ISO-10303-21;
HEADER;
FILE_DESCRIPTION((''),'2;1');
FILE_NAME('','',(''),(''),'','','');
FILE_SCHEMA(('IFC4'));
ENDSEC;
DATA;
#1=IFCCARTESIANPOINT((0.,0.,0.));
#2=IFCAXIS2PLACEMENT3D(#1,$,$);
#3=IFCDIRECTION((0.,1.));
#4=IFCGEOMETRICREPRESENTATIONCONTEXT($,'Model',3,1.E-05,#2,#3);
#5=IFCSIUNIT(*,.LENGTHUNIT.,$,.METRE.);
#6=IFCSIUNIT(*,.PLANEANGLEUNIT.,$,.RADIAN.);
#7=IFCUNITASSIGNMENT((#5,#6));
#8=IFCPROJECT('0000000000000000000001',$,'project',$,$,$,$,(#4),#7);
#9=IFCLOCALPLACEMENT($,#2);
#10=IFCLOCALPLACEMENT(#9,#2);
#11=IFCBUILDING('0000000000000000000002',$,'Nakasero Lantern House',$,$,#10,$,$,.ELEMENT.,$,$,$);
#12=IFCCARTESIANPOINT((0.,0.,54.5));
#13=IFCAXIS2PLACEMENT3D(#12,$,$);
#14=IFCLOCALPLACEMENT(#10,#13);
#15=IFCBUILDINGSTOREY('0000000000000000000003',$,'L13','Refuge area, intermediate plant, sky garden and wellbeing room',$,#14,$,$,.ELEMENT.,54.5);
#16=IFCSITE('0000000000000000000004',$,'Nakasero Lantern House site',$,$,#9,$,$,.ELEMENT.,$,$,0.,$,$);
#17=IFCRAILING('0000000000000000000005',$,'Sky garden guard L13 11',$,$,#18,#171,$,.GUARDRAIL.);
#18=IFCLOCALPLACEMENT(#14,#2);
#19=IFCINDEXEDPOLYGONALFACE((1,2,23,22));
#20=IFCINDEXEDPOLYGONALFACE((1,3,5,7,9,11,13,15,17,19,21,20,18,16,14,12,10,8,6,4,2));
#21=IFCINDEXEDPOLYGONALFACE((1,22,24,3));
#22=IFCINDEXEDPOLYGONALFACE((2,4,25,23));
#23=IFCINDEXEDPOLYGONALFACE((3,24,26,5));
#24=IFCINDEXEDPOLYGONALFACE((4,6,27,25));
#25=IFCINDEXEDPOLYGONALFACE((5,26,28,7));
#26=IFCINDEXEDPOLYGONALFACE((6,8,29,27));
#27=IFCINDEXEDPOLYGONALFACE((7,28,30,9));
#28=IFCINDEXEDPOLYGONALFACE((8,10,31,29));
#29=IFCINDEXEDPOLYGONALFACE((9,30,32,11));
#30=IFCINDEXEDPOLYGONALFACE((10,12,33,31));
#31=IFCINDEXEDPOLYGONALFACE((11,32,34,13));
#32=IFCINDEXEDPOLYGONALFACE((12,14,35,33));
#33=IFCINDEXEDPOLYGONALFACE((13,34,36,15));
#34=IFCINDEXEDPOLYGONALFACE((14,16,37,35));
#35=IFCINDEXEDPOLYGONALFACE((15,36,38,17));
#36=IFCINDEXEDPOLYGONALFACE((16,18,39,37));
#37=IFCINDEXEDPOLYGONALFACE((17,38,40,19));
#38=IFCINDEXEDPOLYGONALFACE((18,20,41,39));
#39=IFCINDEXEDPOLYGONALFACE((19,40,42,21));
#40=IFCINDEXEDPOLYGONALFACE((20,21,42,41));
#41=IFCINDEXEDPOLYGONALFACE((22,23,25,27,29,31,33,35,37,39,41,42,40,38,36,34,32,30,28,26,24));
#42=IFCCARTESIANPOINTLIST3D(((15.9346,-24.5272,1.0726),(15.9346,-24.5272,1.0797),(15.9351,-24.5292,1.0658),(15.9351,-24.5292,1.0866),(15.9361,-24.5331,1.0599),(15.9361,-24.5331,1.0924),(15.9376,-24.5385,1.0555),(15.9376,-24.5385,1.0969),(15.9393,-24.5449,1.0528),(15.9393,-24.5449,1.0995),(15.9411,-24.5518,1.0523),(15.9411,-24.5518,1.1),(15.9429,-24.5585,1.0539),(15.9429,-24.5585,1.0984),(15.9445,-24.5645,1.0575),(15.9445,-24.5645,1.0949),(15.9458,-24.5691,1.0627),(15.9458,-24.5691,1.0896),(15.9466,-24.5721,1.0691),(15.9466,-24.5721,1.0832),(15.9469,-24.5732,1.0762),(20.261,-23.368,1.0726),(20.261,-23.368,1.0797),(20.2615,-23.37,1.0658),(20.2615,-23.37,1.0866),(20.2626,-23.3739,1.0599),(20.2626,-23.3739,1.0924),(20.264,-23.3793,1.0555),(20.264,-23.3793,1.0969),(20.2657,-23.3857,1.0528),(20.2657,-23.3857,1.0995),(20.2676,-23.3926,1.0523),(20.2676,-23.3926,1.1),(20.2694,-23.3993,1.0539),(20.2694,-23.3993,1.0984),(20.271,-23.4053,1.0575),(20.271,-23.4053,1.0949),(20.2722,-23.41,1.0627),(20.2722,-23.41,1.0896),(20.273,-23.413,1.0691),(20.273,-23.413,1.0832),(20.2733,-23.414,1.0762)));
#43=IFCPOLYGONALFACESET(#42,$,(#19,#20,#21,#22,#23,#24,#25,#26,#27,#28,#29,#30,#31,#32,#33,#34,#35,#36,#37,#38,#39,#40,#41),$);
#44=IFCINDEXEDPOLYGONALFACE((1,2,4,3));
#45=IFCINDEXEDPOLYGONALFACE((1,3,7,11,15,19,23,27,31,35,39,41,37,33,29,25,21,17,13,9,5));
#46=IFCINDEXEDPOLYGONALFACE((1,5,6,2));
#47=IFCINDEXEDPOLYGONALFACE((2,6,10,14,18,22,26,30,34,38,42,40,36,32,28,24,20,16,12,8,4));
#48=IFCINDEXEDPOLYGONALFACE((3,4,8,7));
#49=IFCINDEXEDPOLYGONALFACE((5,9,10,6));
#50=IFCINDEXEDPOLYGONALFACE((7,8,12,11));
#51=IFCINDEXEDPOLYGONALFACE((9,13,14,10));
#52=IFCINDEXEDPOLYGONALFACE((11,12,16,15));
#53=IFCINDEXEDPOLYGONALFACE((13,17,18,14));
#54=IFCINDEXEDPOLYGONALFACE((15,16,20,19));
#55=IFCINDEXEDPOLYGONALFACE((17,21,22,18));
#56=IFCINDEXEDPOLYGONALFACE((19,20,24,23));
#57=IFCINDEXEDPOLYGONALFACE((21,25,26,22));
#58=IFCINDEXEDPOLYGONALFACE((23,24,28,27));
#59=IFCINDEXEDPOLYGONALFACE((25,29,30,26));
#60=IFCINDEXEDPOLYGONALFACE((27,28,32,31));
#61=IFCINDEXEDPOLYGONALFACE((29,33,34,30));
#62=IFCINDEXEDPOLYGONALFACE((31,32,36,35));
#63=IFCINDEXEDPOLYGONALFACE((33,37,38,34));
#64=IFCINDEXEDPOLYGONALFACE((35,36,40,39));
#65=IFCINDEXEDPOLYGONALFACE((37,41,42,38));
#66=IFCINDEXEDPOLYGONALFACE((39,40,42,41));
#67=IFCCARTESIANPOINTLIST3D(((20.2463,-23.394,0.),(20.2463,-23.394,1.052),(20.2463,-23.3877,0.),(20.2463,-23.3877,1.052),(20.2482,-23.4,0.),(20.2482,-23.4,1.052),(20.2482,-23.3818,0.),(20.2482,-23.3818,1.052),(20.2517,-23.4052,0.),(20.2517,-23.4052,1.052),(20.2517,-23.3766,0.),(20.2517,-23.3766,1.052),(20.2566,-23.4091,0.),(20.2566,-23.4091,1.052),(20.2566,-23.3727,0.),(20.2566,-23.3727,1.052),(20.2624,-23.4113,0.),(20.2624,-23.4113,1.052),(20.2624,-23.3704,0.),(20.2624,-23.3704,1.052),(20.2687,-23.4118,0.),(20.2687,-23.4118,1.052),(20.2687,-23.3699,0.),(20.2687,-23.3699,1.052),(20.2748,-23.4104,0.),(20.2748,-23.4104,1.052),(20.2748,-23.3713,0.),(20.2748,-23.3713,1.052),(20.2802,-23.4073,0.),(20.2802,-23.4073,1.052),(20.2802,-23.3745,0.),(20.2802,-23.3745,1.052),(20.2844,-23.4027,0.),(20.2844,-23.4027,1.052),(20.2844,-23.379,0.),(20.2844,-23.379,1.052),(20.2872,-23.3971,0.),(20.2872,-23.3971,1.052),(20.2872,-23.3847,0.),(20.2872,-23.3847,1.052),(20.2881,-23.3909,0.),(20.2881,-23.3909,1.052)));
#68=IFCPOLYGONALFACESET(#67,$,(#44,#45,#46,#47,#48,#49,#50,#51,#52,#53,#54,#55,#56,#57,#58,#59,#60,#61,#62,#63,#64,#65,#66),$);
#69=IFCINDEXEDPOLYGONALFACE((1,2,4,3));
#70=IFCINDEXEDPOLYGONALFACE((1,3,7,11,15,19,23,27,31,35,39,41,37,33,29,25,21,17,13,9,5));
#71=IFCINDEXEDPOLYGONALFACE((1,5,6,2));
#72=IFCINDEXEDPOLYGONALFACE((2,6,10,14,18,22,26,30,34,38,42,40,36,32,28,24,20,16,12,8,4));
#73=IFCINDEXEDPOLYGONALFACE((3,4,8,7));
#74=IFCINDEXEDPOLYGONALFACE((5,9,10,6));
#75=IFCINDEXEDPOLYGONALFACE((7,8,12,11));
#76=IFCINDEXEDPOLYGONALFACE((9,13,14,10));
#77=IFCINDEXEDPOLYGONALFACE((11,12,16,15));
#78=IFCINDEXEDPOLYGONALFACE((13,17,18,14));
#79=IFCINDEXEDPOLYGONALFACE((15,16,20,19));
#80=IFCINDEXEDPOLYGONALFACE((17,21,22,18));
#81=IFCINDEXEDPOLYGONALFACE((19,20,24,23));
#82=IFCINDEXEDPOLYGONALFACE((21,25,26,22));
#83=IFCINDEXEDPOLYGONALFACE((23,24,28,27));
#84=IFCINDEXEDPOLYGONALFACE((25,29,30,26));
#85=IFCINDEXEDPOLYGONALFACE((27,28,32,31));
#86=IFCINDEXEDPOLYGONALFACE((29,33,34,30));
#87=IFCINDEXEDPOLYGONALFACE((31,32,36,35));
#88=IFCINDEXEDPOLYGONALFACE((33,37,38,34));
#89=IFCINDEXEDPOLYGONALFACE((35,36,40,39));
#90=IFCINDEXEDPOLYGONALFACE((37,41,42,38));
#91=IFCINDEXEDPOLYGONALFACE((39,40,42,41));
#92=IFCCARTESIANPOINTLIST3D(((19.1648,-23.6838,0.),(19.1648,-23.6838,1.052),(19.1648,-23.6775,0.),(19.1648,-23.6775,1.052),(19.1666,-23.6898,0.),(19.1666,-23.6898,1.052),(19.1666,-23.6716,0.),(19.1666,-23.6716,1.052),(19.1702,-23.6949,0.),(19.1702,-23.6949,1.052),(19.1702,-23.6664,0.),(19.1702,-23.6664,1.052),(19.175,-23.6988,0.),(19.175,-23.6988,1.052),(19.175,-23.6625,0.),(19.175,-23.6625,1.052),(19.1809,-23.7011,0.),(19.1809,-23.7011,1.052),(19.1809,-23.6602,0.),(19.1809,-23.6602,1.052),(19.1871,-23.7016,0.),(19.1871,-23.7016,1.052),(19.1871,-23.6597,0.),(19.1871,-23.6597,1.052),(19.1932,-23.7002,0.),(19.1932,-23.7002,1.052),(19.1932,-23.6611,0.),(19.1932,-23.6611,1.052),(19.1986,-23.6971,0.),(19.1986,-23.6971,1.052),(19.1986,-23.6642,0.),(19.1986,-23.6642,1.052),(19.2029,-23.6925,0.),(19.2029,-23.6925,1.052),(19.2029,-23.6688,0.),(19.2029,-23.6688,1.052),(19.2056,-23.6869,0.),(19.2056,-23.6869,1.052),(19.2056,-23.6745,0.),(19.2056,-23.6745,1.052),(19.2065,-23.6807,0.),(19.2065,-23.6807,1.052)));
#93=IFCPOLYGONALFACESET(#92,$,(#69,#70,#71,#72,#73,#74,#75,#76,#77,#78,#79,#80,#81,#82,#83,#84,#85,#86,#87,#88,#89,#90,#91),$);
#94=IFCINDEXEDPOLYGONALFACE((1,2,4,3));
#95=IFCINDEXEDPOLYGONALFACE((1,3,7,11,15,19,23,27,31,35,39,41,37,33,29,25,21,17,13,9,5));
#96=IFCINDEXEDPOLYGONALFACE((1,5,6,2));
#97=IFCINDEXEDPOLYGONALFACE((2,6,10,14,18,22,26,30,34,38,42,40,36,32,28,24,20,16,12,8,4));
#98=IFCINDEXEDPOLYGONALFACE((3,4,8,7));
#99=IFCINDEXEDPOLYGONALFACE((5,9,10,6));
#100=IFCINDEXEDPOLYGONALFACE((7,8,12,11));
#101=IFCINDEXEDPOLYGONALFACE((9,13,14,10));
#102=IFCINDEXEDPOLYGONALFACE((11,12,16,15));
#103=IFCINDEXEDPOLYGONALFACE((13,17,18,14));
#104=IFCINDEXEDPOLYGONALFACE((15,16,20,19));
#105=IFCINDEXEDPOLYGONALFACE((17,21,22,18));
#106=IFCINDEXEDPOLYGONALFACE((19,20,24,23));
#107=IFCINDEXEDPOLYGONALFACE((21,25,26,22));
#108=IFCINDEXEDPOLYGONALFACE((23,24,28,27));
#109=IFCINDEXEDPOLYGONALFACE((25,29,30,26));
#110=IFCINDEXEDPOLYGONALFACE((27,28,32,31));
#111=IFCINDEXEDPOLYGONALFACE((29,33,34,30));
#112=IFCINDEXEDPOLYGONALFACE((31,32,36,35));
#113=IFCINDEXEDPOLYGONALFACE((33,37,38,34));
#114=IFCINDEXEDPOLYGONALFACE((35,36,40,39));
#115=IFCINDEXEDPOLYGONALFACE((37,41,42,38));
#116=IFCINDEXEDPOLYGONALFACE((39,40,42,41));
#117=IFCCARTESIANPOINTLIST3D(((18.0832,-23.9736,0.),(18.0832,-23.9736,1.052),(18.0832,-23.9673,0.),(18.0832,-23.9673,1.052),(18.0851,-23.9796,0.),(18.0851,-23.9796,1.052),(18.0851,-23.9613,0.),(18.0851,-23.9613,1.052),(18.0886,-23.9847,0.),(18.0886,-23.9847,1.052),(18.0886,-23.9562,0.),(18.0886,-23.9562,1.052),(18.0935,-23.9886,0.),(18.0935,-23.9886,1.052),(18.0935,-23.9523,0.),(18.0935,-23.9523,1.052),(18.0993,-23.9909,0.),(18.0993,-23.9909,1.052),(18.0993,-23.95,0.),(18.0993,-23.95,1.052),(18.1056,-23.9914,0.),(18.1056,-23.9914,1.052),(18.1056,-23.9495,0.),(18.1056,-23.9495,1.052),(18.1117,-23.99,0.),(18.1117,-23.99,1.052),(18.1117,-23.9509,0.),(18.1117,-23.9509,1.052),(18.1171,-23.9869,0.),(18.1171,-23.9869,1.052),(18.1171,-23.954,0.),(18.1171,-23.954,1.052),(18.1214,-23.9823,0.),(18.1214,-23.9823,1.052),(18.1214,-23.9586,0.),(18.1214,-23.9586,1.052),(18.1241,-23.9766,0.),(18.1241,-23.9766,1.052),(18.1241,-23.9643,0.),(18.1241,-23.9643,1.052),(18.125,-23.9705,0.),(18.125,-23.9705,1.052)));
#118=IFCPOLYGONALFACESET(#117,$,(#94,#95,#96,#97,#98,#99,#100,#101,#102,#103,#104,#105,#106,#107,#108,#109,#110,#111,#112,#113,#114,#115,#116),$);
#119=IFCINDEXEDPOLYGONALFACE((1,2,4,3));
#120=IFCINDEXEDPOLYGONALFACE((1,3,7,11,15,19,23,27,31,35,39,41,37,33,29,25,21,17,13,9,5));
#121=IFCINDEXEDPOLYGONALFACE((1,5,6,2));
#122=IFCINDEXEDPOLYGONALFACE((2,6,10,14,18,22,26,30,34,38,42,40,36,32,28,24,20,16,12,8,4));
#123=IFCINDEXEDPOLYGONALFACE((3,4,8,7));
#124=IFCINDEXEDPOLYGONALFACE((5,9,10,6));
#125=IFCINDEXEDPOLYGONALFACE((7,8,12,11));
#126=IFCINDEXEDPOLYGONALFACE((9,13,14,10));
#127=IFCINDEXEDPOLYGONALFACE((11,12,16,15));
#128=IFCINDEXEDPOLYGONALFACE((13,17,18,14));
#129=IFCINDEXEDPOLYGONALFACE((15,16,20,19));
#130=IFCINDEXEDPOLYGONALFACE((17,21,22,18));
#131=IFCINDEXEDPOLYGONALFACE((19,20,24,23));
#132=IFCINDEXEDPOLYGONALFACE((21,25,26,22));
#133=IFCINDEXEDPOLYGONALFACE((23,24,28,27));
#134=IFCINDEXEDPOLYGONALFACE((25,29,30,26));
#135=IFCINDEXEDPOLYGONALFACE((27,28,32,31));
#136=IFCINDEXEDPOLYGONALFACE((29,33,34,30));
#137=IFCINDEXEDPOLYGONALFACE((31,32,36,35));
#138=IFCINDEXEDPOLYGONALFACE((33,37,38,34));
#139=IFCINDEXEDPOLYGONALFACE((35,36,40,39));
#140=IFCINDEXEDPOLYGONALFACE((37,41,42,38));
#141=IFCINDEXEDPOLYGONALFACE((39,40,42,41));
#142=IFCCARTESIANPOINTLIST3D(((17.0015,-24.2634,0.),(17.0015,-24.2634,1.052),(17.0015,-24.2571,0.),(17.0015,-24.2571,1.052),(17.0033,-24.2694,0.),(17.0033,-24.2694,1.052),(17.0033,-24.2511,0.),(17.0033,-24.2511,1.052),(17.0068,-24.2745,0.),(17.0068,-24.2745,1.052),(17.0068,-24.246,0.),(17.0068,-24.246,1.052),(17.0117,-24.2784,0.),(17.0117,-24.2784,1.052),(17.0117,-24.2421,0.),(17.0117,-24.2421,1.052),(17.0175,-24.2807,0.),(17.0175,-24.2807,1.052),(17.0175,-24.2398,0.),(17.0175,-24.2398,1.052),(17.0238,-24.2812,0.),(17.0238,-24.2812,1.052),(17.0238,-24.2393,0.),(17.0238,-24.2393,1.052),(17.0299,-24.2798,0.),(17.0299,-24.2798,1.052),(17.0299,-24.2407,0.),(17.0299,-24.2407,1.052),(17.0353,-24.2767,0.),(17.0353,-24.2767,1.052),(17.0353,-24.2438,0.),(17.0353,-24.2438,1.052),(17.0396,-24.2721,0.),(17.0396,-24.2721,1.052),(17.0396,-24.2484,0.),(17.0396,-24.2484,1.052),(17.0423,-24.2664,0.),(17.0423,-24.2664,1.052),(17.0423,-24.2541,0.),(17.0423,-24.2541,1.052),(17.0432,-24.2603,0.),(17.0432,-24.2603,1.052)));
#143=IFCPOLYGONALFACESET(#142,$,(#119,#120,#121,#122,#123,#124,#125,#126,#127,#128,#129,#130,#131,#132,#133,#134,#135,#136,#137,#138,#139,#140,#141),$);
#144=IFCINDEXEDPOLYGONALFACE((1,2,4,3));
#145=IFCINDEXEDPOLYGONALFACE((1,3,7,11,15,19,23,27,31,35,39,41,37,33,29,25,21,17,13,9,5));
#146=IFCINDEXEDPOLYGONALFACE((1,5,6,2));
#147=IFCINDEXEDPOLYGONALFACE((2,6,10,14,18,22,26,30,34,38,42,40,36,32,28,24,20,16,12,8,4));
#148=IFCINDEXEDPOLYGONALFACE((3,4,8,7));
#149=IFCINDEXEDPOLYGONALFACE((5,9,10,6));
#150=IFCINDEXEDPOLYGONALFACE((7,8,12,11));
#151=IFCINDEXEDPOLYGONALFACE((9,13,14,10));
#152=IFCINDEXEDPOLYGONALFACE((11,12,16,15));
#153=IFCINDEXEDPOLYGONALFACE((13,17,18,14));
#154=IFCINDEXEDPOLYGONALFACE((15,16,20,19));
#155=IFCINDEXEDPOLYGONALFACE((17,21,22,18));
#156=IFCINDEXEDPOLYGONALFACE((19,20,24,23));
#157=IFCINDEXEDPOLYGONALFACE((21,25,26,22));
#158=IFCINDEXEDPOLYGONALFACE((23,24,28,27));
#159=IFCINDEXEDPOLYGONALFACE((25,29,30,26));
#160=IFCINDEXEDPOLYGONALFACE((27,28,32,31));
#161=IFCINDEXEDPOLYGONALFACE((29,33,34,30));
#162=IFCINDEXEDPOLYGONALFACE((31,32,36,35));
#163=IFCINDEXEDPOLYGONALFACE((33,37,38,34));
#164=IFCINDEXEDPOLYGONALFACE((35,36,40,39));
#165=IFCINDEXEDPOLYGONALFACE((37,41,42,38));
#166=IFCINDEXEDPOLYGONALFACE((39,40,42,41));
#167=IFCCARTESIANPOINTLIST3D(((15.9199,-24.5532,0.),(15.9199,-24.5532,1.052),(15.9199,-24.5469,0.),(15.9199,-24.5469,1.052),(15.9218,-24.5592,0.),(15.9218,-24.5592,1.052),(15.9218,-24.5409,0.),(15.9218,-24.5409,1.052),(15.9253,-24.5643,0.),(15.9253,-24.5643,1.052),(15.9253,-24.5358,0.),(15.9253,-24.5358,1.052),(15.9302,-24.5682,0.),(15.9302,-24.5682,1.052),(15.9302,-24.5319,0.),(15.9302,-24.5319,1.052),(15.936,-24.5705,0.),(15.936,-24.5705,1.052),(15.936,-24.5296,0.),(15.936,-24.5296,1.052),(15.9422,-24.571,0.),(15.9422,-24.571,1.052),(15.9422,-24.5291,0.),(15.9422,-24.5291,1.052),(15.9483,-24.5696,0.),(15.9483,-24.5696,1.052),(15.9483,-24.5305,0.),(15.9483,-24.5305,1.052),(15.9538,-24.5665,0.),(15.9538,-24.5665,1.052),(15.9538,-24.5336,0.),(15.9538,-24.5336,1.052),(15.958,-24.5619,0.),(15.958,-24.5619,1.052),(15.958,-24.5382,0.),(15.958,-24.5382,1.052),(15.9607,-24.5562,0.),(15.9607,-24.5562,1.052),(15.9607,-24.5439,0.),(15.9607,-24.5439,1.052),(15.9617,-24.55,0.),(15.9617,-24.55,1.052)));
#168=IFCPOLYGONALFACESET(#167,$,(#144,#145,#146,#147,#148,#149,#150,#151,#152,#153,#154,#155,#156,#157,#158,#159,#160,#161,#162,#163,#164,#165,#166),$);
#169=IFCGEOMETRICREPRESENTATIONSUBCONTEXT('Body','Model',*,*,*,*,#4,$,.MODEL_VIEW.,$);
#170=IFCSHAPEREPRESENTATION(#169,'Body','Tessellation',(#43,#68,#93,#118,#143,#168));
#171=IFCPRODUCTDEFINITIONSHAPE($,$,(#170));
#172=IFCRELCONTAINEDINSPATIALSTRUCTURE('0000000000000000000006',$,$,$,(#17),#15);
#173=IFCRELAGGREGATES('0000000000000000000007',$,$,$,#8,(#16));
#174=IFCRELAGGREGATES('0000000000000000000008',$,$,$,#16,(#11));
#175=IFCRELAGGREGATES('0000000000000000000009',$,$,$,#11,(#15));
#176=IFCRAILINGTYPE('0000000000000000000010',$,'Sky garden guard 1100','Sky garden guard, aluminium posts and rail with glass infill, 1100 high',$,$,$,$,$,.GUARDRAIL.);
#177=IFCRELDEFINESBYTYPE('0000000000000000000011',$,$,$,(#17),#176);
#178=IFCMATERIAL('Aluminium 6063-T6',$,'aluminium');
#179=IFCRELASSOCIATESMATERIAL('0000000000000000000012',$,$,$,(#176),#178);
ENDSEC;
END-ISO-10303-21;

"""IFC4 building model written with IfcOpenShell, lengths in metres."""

from ifc_helpers import new_model, si_unit, direction, frame, origin, origin_2d, place, context, subcontext, project, spatial, circle, extrude, material, type_object, element, save


model = new_model("IFC4")

# Units and contexts
model_context = context("Model", 3, precision=1e-05, world=origin(), true_north=direction((0.0, 1.0)))
body_context = subcontext(model_context, "Body", "Model", "MODEL_VIEW")
ifc_project = project(units=[si_unit("LENGTHUNIT", "METRE"), si_unit("PLANEANGLEUNIT", "RADIAN")], contexts=[model_context])

# Site, building, storey
site_placement = place(None, origin())
site = spatial("IfcSite", under=ifc_project, at=site_placement, Name="Nakasero Lantern House site", CompositionType="ELEMENT", RefElevation=0.0)
building_placement = place(site_placement, origin())
building = spatial("IfcBuilding", under=site, at=building_placement, Name="Nakasero Lantern House", CompositionType="ELEMENT")
storey_placement = place(building_placement, frame((0.0, 0.0, 54.5)))
storey = spatial("IfcBuildingStorey", under=building, at=storey_placement, Name="L13", Description="Refuge area, intermediate plant, sky garden and wellbeing room", CompositionType="ELEMENT", Elevation=54.5)

# Railing
ifc_material_1 = material(Name="Aluminium 6063-T6", Category="aluminium")
railing_type = type_object("IfcRailingType", Name="Sky garden guard 1100", Description="Sky garden guard, aluminium posts and rail with glass infill, 1100 high", PredefinedType="GUARDRAIL", material=ifc_material_1)
railing_1_placement = place(storey_placement, frame((20.2671, -23.3909, 0.0)))
element("IfcRailing", 1, at=railing_1_placement, inside=storey, type_object=railing_type, Name="Sky garden guard L13 11", PredefinedType="GUARDRAIL", context=body_context, shape_type="SweptSolid", body=[
    extrude(circle(Radius=0.0239, at=origin_2d()), frame((0.0, 0.0, 1.0762), z_axis=(-0.96593, -0.258802, 0.0), x_axis=(0.258802, -0.96593, 0.0)), (0.0, 0.0, 1.0), 4.479),
    extrude(circle(Radius=0.021, at=origin_2d()), origin(), (0.0, 0.0, 1.0), 1.052),
    extrude(circle(Radius=0.021, at=origin_2d()), frame((-1.0815, -0.2898, 0.0)), (0.0, 0.0, 1.0), 1.052),
    extrude(circle(Radius=0.021, at=origin_2d()), frame((-2.1631, -0.5796, 0.0)), (0.0, 0.0, 1.0), 1.052),
    extrude(circle(Radius=0.021, at=origin_2d()), frame((-3.2449, -0.8694, 0.0)), (0.0, 0.0, 1.0), 1.052),
    extrude(circle(Radius=0.021, at=origin_2d()), frame((-4.3264, -1.1592, 0.0)), (0.0, 0.0, 1.0), 1.052),
])

save(model, "model.ifc")
